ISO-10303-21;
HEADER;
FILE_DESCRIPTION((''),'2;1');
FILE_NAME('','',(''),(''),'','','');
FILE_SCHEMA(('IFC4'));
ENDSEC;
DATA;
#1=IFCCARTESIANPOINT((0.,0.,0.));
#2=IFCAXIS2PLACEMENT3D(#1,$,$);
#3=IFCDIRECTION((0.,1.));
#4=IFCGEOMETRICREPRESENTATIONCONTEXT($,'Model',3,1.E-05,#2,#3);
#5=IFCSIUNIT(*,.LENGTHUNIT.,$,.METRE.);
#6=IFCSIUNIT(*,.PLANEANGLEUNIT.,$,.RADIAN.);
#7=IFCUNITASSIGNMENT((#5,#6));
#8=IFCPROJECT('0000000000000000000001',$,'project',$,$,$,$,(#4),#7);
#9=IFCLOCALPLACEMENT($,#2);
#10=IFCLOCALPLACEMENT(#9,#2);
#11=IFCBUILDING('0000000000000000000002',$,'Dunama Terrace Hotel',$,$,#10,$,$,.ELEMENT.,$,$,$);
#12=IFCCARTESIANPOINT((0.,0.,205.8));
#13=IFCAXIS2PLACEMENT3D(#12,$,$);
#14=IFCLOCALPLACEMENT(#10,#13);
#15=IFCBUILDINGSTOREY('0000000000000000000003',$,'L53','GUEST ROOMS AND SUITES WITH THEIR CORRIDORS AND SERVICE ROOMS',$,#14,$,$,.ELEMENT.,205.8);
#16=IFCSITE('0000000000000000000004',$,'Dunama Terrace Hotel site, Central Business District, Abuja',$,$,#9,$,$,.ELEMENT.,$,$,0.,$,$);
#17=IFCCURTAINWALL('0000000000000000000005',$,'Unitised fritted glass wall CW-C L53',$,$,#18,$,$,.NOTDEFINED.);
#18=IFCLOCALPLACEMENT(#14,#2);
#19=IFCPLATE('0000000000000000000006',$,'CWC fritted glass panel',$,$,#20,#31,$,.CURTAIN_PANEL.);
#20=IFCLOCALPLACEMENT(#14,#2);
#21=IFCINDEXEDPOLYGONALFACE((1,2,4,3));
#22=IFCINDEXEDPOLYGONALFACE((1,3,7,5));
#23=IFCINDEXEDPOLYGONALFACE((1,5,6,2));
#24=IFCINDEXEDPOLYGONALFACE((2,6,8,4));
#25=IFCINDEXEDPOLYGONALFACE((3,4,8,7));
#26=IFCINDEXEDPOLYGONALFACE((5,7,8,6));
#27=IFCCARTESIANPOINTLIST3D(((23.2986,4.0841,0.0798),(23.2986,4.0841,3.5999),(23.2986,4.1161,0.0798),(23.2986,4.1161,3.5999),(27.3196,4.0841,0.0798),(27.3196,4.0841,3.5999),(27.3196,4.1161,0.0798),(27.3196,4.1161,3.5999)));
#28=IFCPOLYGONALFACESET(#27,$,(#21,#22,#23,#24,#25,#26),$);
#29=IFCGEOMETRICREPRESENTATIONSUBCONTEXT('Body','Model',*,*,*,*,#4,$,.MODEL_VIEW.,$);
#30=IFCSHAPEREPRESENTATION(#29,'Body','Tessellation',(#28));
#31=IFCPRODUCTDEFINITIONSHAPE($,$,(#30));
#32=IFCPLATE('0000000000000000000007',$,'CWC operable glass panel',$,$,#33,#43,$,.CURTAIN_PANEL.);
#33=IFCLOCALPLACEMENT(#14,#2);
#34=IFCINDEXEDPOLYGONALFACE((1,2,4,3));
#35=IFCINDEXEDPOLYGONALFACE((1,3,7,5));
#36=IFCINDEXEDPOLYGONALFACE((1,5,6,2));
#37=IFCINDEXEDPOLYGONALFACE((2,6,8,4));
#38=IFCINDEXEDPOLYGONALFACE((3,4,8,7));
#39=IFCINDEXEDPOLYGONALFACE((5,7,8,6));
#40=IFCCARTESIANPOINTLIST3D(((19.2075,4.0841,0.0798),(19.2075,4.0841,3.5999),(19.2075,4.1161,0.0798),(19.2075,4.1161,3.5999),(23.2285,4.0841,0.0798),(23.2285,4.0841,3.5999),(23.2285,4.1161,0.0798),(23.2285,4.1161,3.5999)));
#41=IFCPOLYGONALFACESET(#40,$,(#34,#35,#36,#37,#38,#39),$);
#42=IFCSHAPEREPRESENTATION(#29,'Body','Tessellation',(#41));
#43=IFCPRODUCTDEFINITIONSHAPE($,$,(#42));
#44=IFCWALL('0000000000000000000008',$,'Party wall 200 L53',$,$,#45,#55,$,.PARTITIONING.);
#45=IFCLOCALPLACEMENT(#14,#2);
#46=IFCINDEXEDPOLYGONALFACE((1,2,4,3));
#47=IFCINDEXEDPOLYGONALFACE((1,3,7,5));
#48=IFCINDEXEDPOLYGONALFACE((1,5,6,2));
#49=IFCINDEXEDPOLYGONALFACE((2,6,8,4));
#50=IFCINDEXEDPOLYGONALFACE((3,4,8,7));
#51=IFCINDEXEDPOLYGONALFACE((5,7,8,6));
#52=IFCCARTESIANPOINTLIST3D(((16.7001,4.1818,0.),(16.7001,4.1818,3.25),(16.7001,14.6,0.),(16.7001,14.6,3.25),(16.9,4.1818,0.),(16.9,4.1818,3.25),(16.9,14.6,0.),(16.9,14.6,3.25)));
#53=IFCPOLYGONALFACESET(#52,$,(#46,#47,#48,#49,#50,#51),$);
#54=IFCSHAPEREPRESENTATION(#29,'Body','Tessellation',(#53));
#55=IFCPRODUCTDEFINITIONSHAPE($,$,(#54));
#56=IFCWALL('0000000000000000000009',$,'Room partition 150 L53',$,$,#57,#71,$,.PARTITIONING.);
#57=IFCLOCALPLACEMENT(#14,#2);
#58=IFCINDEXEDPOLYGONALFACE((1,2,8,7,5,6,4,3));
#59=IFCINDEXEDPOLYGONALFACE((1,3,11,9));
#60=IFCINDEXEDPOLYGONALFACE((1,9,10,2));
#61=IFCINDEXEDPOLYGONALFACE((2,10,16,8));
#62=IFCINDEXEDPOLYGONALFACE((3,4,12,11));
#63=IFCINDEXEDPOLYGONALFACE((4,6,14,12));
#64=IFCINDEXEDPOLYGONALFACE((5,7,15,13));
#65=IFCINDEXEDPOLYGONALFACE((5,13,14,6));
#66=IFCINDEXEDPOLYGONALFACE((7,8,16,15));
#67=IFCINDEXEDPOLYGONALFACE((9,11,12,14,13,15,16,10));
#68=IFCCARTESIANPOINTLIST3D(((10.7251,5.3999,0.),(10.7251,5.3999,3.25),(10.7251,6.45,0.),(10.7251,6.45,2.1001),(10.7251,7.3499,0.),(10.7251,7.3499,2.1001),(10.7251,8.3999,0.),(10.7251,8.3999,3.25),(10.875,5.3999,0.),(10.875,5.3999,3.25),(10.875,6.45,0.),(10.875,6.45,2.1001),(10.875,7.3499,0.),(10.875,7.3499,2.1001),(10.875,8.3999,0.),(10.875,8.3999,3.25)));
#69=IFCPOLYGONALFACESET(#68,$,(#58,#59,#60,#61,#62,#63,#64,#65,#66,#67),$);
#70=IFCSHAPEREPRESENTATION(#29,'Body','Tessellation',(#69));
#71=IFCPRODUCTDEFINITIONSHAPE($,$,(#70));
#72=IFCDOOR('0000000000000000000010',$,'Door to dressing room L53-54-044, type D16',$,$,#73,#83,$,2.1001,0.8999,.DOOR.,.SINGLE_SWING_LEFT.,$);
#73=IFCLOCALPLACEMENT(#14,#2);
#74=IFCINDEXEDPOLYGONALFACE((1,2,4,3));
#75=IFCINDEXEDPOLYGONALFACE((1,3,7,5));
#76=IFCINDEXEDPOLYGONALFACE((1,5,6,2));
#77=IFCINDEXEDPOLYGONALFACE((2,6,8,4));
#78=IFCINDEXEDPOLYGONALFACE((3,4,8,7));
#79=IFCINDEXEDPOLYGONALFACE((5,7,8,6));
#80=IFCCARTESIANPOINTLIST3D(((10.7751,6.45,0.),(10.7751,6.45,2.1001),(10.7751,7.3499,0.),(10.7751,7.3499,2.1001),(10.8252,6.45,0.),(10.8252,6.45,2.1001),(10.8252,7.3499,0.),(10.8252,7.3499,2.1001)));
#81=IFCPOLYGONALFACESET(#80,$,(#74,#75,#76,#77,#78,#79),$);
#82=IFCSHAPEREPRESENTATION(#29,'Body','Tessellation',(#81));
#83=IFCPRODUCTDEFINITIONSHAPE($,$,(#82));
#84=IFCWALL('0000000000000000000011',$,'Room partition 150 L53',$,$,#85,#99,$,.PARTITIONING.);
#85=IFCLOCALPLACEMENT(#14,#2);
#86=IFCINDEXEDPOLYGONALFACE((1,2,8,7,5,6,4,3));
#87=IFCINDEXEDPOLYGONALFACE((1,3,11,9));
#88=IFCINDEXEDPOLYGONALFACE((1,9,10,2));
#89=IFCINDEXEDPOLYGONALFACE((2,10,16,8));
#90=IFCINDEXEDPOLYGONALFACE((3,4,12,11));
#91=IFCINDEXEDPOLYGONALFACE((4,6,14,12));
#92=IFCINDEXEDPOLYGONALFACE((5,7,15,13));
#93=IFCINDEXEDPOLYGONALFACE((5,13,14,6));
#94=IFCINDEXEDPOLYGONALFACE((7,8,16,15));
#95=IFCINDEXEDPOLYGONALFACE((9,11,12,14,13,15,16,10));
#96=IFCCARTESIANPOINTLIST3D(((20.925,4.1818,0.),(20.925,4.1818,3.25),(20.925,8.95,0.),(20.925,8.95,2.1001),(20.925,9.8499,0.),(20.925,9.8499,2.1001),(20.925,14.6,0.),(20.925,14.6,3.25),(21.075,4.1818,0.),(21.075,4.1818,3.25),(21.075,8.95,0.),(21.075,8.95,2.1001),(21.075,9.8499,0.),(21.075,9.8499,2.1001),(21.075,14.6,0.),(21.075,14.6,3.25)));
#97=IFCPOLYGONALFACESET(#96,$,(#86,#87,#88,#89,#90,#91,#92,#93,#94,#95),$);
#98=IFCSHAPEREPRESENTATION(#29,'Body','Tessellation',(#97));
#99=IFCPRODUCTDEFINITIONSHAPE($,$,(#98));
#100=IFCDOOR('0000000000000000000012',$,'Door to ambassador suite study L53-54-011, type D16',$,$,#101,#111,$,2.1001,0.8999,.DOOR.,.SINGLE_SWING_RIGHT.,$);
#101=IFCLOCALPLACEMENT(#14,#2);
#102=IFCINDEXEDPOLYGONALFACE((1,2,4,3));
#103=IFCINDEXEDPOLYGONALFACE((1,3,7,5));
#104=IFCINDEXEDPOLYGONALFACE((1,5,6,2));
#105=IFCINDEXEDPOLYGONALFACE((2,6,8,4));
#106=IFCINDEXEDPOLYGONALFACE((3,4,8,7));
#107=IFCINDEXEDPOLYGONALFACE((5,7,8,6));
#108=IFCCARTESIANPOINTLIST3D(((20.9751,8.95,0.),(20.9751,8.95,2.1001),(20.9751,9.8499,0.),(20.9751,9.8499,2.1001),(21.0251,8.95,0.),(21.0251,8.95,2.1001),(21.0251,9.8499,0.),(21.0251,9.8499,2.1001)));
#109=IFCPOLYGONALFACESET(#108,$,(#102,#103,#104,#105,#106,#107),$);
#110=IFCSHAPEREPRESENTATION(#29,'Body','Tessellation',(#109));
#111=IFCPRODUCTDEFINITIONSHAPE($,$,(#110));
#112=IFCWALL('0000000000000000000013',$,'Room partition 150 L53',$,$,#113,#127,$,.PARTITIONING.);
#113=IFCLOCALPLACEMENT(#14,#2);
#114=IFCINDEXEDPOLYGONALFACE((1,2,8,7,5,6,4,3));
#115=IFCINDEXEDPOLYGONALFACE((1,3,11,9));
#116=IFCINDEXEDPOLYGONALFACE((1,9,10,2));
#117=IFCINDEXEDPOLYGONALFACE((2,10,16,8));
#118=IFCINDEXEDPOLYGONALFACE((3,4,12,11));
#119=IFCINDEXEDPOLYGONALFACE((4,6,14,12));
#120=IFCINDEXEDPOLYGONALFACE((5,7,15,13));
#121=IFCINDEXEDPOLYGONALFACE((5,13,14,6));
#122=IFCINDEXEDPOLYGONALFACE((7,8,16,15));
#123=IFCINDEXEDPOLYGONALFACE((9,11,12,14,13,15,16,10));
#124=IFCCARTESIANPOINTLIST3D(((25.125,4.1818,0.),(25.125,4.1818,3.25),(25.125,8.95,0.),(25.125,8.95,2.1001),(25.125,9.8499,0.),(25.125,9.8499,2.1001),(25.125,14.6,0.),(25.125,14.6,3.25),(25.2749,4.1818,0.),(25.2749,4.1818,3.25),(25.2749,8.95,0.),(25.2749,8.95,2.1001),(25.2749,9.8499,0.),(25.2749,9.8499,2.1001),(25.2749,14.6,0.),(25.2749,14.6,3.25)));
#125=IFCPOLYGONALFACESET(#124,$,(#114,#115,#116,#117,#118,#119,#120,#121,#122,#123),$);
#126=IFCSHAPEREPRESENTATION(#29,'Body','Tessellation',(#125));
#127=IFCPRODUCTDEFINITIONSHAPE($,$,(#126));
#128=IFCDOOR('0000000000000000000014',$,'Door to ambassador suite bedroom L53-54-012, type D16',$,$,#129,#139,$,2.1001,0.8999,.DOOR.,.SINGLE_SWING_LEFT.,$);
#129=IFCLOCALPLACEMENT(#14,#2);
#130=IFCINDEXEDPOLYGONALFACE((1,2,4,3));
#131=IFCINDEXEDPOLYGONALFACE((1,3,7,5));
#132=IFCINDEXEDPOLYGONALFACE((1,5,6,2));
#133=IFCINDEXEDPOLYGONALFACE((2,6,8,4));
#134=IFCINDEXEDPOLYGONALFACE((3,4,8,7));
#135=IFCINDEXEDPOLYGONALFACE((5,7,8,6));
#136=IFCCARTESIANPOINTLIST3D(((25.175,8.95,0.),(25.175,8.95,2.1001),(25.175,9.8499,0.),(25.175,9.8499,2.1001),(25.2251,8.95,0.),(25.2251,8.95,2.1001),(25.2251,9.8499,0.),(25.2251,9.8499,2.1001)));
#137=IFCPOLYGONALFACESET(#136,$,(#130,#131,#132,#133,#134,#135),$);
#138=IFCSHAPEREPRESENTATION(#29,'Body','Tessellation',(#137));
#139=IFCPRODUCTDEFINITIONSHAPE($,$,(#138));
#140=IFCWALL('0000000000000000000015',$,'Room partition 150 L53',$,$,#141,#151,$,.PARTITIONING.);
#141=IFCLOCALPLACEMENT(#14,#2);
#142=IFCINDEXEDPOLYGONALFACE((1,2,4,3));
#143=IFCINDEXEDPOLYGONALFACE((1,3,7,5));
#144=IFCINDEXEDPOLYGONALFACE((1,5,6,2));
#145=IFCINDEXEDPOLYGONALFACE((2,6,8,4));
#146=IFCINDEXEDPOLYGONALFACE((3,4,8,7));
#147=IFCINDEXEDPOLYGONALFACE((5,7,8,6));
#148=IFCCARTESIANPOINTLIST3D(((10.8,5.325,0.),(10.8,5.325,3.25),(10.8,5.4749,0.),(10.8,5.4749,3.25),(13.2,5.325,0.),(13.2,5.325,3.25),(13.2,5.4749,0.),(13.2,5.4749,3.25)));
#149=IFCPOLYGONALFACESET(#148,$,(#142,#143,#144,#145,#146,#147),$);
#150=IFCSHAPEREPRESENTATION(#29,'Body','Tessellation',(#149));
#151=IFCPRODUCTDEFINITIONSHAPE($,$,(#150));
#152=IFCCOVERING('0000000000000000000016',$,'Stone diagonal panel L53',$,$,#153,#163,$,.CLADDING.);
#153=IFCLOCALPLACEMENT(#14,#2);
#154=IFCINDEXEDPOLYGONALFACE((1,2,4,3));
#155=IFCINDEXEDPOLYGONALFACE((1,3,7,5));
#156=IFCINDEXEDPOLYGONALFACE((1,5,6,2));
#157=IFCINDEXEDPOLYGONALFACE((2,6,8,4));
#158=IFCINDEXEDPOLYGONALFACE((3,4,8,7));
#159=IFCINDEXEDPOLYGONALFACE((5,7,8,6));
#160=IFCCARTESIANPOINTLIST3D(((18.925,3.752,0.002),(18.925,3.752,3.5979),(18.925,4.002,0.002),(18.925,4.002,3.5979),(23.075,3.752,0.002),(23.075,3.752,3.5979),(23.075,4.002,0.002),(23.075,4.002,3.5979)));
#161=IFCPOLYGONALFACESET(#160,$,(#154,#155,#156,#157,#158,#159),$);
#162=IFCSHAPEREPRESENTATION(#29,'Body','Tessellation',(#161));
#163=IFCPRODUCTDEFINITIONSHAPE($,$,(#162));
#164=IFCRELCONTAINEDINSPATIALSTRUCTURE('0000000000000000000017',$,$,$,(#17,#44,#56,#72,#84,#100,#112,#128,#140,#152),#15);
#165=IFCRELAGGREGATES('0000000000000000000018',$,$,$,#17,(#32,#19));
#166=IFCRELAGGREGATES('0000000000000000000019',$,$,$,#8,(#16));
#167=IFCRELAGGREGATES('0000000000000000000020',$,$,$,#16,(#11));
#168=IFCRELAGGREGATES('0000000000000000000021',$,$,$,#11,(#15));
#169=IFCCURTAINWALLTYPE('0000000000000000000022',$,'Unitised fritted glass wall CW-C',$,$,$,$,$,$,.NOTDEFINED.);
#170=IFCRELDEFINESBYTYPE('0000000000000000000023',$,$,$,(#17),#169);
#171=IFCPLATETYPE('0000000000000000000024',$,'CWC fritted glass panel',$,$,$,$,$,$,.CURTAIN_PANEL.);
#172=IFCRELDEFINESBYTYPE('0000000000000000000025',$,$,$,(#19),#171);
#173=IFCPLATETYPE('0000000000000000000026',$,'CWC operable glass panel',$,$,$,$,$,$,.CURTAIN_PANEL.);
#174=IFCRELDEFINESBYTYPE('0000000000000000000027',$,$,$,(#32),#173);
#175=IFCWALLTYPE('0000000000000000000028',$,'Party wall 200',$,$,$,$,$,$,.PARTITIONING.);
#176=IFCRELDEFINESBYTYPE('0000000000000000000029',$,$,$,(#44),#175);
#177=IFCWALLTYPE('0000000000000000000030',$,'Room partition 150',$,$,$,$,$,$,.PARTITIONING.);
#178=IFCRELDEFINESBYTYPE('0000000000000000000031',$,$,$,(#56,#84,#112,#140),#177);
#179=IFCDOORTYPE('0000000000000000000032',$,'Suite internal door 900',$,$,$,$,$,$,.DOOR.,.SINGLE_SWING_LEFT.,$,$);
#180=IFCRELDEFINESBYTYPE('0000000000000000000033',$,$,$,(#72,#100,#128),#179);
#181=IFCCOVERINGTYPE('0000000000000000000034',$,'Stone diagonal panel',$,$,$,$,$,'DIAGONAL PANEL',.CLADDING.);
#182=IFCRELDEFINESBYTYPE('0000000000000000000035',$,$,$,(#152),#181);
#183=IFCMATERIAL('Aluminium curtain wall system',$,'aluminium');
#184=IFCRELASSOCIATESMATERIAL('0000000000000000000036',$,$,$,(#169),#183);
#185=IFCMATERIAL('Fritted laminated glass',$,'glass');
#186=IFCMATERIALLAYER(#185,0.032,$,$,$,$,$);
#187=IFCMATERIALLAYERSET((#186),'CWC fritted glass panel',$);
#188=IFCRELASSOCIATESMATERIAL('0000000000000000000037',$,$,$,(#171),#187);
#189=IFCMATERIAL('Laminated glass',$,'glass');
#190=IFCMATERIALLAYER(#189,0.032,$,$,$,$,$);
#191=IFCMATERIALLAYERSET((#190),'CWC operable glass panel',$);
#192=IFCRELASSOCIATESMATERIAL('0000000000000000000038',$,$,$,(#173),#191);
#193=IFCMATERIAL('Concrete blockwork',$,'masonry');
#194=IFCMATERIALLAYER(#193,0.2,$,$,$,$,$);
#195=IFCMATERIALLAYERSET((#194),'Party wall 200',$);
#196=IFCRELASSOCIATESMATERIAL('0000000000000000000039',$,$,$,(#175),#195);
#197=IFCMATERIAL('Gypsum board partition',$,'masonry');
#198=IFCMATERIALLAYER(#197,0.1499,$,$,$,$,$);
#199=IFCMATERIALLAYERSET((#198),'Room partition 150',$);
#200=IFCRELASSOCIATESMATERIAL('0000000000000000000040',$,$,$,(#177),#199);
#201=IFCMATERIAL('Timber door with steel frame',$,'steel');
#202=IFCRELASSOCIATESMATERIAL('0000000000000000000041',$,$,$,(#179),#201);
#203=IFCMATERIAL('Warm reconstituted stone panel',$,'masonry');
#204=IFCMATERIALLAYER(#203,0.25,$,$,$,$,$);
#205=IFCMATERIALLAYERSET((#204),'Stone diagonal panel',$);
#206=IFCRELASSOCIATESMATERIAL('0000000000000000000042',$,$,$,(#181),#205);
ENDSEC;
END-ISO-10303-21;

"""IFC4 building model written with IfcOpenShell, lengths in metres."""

from ifc_helpers import new_model, si_unit, direction, frame, frame_2d, origin, origin_2d, place, context, subcontext, project, spatial, rectangle, extrude, material, layer, layer_set, type_object, element, fill, aggregate, save


model = new_model("IFC4")

# Units and contexts
model_context = context("Model", 3, precision=1e-05, world=origin(), true_north=direction((0.0, 1.0)))
body_context = subcontext(model_context, "Body", "Model", "MODEL_VIEW")
ifc_project = project(units=[si_unit("LENGTHUNIT", "METRE"), si_unit("PLANEANGLEUNIT", "RADIAN")], contexts=[model_context])

# Site, building, storey
site_placement = place(None, origin())
site = spatial("IfcSite", under=ifc_project, at=site_placement, Name="Dunama Terrace Hotel site, Central Business District, Abuja", CompositionType="ELEMENT", RefElevation=0.0)
building_placement = place(site_placement, origin())
building = spatial("IfcBuilding", under=site, at=building_placement, Name="Dunama Terrace Hotel", CompositionType="ELEMENT")
storey_placement = place(building_placement, frame((0.0, 0.0, 205.8)))
storey = spatial("IfcBuildingStorey", under=building, at=storey_placement, Name="L53", Description="GUEST ROOMS AND SUITES WITH THEIR CORRIDORS AND SERVICE ROOMS", CompositionType="ELEMENT", Elevation=205.8)

# Curtain wall
ifc_material_1 = material(Name="Aluminium curtain wall system", Category="aluminium")
curtain_wall_type = type_object("IfcCurtainWallType", Name="Unitised fritted glass wall CW-C", PredefinedType="NOTDEFINED", material=ifc_material_1)
curtain_wall_placement = place(storey_placement, origin())
curtain_wall = element("IfcCurtainWall", 1, at=curtain_wall_placement, inside=storey, type_object=curtain_wall_type, Name="Unitised fritted glass wall CW-C L53", PredefinedType="NOTDEFINED")

# Plates
ifc_material_2 = material(Name="Fritted laminated glass", Category="glass")
ifc_layer_1 = layer(ifc_material_2, 0.032)
ifc_layer_set_1 = layer_set([ifc_layer_1], Name="CWC fritted glass panel")
plate_type_1 = type_object("IfcPlateType", Name="CWC fritted glass panel", PredefinedType="CURTAIN_PANEL", material=ifc_layer_set_1)
plate_1_placement = place(storey_placement, frame((25.3091, 4.1001, 0.0798), z_axis=(0.0, 0.0, 1.0), x_axis=(1.0, 0.0, 0.0)))
plate_1 = element("IfcPlate", 2, at=plate_1_placement, type_object=plate_type_1, Name="CWC fritted glass panel", PredefinedType="CURTAIN_PANEL", context=body_context, shape_type="SweptSolid", body=[
    extrude(rectangle(XDim=4.021, YDim=0.032, at=origin_2d()), origin(), (0.0, 0.0, 1.0), 3.52),
])
ifc_material_3 = material(Name="Laminated glass", Category="glass")
ifc_layer_2 = layer(ifc_material_3, 0.032)
ifc_layer_set_2 = layer_set([ifc_layer_2], Name="CWC operable glass panel")
plate_type_2 = type_object("IfcPlateType", Name="CWC operable glass panel", PredefinedType="CURTAIN_PANEL", material=ifc_layer_set_2)
plate_2_placement = place(storey_placement, frame((21.218, 4.1001, 0.0798), z_axis=(0.0, 0.0, 1.0), x_axis=(1.0, 0.0, 0.0)))
plate_2 = element("IfcPlate", 3, at=plate_2_placement, type_object=plate_type_2, Name="CWC operable glass panel", PredefinedType="CURTAIN_PANEL", context=body_context, shape_type="SweptSolid", body=[
    extrude(rectangle(XDim=4.021, YDim=0.032, at=origin_2d()), origin(), (0.0, 0.0, 1.0), 3.52),
])
aggregate(curtain_wall, [plate_2, plate_1])

# Wall
ifc_material_4 = material(Name="Concrete blockwork", Category="masonry")
ifc_layer_3 = layer(ifc_material_4, 0.2)
ifc_layer_set_3 = layer_set([ifc_layer_3], Name="Party wall 200")
wall_type_1 = type_object("IfcWallType", Name="Party wall 200", PredefinedType="PARTITIONING", material=ifc_layer_set_3)
wall_1_placement = place(storey_placement, frame((16.8, 4.1819, 0.0), z_axis=(0.0, 0.0, 1.0), x_axis=(0.0, 1.0, 0.0)))
element("IfcWall", 4, at=wall_1_placement, inside=storey, type_object=wall_type_1, Name="Party wall 200 L53", PredefinedType="PARTITIONING", context=body_context, shape_type="SweptSolid", body=[
    extrude(rectangle(XDim=10.4182, YDim=0.2, at=frame_2d((5.209, 0.0))), origin(), (0.0, 0.0, 1.0), 3.25),
])

# Walls, openings, doors
ifc_material_5 = material(Name="Gypsum board partition", Category="masonry")
ifc_layer_4 = layer(ifc_material_5, 0.1499)
ifc_layer_set_4 = layer_set([ifc_layer_4], Name="Room partition 150")
wall_type_2 = type_object("IfcWallType", Name="Room partition 150", PredefinedType="PARTITIONING", material=ifc_layer_set_4)
wall_2_placement = place(storey_placement, frame((10.8, 5.3999, 0.0), z_axis=(0.0, 0.0, 1.0), x_axis=(0.0, 1.0, 0.0)))
wall_2 = element("IfcWall", 5, at=wall_2_placement, inside=storey, type_object=wall_type_2, Name="Room partition 150 L53", PredefinedType="PARTITIONING", context=body_context, shape_type="SweptSolid", body=[
    extrude(rectangle(XDim=3.0, YDim=0.1499, at=frame_2d((1.5, 0.0))), origin(), (0.0, 0.0, 1.0), 3.25),
])
opening_1_placement = place(wall_2_placement, frame((1.05, 0.0, 0.0)))
opening_1 = element("IfcOpeningElement", 6, at=opening_1_placement, cuts=wall_2, PredefinedType="OPENING", context=body_context, shape_type="SweptSolid", body=[
    extrude(rectangle(XDim=0.8999, YDim=2.1001, at=frame_2d((0.45, 1.05))), frame((0.0, 0.085, 0.0), z_axis=(0.0, -1.0, 0.0), x_axis=(1.0, 0.0, 0.0)), (0.0, 0.0, 1.0), 0.1699),
])
ifc_material_6 = material(Name="Timber door with steel frame", Category="steel")
door_type = type_object("IfcDoorType", Name="Suite internal door 900", OperationType="SINGLE_SWING_LEFT", PredefinedType="DOOR", material=ifc_material_6)
door_1_placement = place(opening_1_placement, frame((0.8999, 0.0, 0.0), z_axis=(0.0, 0.0, 1.0), x_axis=(-1.0, 0.0, 0.0)))
door_1 = element("IfcDoor", 7, at=door_1_placement, inside=storey, type_object=door_type, Name="Door to dressing room L53-54-044, type D16", OperationType="SINGLE_SWING_LEFT", OverallHeight=2.1001, OverallWidth=0.8999, PredefinedType="DOOR", context=body_context, shape_type="SweptSolid", body=[
    extrude(rectangle(XDim=0.8999, YDim=2.1001, at=frame_2d((0.45, 1.05))), frame((0.0, 0.0251, 0.0), z_axis=(0.0, -1.0, 0.0), x_axis=(1.0, 0.0, 0.0)), (0.0, 0.0, 1.0), 0.05),
])
fill(opening_1, door_1)
wall_3_placement = place(storey_placement, frame((21.0, 4.1819, 0.0), z_axis=(0.0, 0.0, 1.0), x_axis=(0.0, 1.0, 0.0)))
wall_3 = element("IfcWall", 8, at=wall_3_placement, inside=storey, type_object=wall_type_2, Name="Room partition 150 L53", PredefinedType="PARTITIONING", context=body_context, shape_type="SweptSolid", body=[
    extrude(rectangle(XDim=10.4182, YDim=0.1499, at=frame_2d((5.209, 0.0))), origin(), (0.0, 0.0, 1.0), 3.25),
])
opening_2_placement = place(wall_3_placement, frame((4.7681, 0.0, 0.0)))
opening_2 = element("IfcOpeningElement", 9, at=opening_2_placement, cuts=wall_3, PredefinedType="OPENING", context=body_context, shape_type="SweptSolid", body=[
    extrude(rectangle(XDim=0.8999, YDim=2.1001, at=frame_2d((0.45, 1.05))), frame((0.0, 0.085, 0.0), z_axis=(0.0, -1.0, 0.0), x_axis=(1.0, 0.0, 0.0)), (0.0, 0.0, 1.0), 0.1699),
])
door_2_placement = place(opening_2_placement, origin())
door_2 = element("IfcDoor", 10, at=door_2_placement, inside=storey, type_object=door_type, Name="Door to ambassador suite study L53-54-011, type D16", OperationType="SINGLE_SWING_RIGHT", OverallHeight=2.1001, OverallWidth=0.8999, PredefinedType="DOOR", context=body_context, shape_type="SweptSolid", body=[
    extrude(rectangle(XDim=0.8999, YDim=2.1001, at=frame_2d((0.45, 1.05))), frame((0.0, 0.0249, 0.0), z_axis=(0.0, -1.0, 0.0), x_axis=(1.0, 0.0, 0.0)), (0.0, 0.0, 1.0), 0.05),
])
fill(opening_2, door_2)
wall_4_placement = place(storey_placement, frame((25.2, 4.1819, 0.0), z_axis=(0.0, 0.0, 1.0), x_axis=(0.0, 1.0, 0.0)))
wall_4 = element("IfcWall", 11, at=wall_4_placement, inside=storey, type_object=wall_type_2, Name="Room partition 150 L53", PredefinedType="PARTITIONING", context=body_context, shape_type="SweptSolid", body=[
    extrude(rectangle(XDim=10.4182, YDim=0.1499, at=frame_2d((5.209, 0.0))), origin(), (0.0, 0.0, 1.0), 3.25),
])
opening_3_placement = place(wall_4_placement, frame((4.7681, 0.0, 0.0)))
opening_3 = element("IfcOpeningElement", 12, at=opening_3_placement, cuts=wall_4, PredefinedType="OPENING", context=body_context, shape_type="SweptSolid", body=[
    extrude(rectangle(XDim=0.8999, YDim=2.1001, at=frame_2d((0.45, 1.05))), frame((0.0, 0.085, 0.0), z_axis=(0.0, -1.0, 0.0), x_axis=(1.0, 0.0, 0.0)), (0.0, 0.0, 1.0), 0.1699),
])
door_3_placement = place(opening_3_placement, frame((0.8999, 0.0, 0.0), z_axis=(0.0, 0.0, 1.0), x_axis=(-1.0, 0.0, 0.0)))
door_3 = element("IfcDoor", 13, at=door_3_placement, inside=storey, type_object=door_type, Name="Door to ambassador suite bedroom L53-54-012, type D16", OperationType="SINGLE_SWING_LEFT", OverallHeight=2.1001, OverallWidth=0.8999, PredefinedType="DOOR", context=body_context, shape_type="SweptSolid", body=[
    extrude(rectangle(XDim=0.8999, YDim=2.1001, at=frame_2d((0.45, 1.05))), frame((0.0, 0.0251, 0.0), z_axis=(0.0, -1.0, 0.0), x_axis=(1.0, 0.0, 0.0)), (0.0, 0.0, 1.0), 0.05),
])
fill(opening_3, door_3)

# Wall
wall_5_placement = place(storey_placement, frame((10.8, 5.3999, 0.0), z_axis=(0.0, 0.0, 1.0), x_axis=(1.0, 0.0, 0.0)))
element("IfcWall", 14, at=wall_5_placement, inside=storey, type_object=wall_type_2, Name="Room partition 150 L53", PredefinedType="PARTITIONING", context=body_context, shape_type="SweptSolid", body=[
    extrude(rectangle(XDim=2.3999, YDim=0.1499, at=frame_2d((1.2, 0.0))), origin(), (0.0, 0.0, 1.0), 3.25),
])

# Covering
ifc_material_7 = material(Name="Warm reconstituted stone panel", Category="masonry")
ifc_layer_5 = layer(ifc_material_7, 0.25)
ifc_layer_set_5 = layer_set([ifc_layer_5], Name="Stone diagonal panel")
covering_type = type_object("IfcCoveringType", Name="Stone diagonal panel", ElementType="DIAGONAL PANEL", PredefinedType="CLADDING", material=ifc_layer_set_5)
covering_placement = place(storey_placement, frame((21.0, 3.877, 0.002), z_axis=(0.0, 0.0, 1.0), x_axis=(1.0, 0.0, 0.0)))
element("IfcCovering", 15, at=covering_placement, inside=storey, type_object=covering_type, Name="Stone diagonal panel L53", PredefinedType="CLADDING", context=body_context, shape_type="SweptSolid", body=[
    extrude(rectangle(XDim=4.1499, YDim=0.25, at=origin_2d()), origin(), (0.0, 0.0, 1.0), 3.5959),
])

save(model, "model.ifc")
